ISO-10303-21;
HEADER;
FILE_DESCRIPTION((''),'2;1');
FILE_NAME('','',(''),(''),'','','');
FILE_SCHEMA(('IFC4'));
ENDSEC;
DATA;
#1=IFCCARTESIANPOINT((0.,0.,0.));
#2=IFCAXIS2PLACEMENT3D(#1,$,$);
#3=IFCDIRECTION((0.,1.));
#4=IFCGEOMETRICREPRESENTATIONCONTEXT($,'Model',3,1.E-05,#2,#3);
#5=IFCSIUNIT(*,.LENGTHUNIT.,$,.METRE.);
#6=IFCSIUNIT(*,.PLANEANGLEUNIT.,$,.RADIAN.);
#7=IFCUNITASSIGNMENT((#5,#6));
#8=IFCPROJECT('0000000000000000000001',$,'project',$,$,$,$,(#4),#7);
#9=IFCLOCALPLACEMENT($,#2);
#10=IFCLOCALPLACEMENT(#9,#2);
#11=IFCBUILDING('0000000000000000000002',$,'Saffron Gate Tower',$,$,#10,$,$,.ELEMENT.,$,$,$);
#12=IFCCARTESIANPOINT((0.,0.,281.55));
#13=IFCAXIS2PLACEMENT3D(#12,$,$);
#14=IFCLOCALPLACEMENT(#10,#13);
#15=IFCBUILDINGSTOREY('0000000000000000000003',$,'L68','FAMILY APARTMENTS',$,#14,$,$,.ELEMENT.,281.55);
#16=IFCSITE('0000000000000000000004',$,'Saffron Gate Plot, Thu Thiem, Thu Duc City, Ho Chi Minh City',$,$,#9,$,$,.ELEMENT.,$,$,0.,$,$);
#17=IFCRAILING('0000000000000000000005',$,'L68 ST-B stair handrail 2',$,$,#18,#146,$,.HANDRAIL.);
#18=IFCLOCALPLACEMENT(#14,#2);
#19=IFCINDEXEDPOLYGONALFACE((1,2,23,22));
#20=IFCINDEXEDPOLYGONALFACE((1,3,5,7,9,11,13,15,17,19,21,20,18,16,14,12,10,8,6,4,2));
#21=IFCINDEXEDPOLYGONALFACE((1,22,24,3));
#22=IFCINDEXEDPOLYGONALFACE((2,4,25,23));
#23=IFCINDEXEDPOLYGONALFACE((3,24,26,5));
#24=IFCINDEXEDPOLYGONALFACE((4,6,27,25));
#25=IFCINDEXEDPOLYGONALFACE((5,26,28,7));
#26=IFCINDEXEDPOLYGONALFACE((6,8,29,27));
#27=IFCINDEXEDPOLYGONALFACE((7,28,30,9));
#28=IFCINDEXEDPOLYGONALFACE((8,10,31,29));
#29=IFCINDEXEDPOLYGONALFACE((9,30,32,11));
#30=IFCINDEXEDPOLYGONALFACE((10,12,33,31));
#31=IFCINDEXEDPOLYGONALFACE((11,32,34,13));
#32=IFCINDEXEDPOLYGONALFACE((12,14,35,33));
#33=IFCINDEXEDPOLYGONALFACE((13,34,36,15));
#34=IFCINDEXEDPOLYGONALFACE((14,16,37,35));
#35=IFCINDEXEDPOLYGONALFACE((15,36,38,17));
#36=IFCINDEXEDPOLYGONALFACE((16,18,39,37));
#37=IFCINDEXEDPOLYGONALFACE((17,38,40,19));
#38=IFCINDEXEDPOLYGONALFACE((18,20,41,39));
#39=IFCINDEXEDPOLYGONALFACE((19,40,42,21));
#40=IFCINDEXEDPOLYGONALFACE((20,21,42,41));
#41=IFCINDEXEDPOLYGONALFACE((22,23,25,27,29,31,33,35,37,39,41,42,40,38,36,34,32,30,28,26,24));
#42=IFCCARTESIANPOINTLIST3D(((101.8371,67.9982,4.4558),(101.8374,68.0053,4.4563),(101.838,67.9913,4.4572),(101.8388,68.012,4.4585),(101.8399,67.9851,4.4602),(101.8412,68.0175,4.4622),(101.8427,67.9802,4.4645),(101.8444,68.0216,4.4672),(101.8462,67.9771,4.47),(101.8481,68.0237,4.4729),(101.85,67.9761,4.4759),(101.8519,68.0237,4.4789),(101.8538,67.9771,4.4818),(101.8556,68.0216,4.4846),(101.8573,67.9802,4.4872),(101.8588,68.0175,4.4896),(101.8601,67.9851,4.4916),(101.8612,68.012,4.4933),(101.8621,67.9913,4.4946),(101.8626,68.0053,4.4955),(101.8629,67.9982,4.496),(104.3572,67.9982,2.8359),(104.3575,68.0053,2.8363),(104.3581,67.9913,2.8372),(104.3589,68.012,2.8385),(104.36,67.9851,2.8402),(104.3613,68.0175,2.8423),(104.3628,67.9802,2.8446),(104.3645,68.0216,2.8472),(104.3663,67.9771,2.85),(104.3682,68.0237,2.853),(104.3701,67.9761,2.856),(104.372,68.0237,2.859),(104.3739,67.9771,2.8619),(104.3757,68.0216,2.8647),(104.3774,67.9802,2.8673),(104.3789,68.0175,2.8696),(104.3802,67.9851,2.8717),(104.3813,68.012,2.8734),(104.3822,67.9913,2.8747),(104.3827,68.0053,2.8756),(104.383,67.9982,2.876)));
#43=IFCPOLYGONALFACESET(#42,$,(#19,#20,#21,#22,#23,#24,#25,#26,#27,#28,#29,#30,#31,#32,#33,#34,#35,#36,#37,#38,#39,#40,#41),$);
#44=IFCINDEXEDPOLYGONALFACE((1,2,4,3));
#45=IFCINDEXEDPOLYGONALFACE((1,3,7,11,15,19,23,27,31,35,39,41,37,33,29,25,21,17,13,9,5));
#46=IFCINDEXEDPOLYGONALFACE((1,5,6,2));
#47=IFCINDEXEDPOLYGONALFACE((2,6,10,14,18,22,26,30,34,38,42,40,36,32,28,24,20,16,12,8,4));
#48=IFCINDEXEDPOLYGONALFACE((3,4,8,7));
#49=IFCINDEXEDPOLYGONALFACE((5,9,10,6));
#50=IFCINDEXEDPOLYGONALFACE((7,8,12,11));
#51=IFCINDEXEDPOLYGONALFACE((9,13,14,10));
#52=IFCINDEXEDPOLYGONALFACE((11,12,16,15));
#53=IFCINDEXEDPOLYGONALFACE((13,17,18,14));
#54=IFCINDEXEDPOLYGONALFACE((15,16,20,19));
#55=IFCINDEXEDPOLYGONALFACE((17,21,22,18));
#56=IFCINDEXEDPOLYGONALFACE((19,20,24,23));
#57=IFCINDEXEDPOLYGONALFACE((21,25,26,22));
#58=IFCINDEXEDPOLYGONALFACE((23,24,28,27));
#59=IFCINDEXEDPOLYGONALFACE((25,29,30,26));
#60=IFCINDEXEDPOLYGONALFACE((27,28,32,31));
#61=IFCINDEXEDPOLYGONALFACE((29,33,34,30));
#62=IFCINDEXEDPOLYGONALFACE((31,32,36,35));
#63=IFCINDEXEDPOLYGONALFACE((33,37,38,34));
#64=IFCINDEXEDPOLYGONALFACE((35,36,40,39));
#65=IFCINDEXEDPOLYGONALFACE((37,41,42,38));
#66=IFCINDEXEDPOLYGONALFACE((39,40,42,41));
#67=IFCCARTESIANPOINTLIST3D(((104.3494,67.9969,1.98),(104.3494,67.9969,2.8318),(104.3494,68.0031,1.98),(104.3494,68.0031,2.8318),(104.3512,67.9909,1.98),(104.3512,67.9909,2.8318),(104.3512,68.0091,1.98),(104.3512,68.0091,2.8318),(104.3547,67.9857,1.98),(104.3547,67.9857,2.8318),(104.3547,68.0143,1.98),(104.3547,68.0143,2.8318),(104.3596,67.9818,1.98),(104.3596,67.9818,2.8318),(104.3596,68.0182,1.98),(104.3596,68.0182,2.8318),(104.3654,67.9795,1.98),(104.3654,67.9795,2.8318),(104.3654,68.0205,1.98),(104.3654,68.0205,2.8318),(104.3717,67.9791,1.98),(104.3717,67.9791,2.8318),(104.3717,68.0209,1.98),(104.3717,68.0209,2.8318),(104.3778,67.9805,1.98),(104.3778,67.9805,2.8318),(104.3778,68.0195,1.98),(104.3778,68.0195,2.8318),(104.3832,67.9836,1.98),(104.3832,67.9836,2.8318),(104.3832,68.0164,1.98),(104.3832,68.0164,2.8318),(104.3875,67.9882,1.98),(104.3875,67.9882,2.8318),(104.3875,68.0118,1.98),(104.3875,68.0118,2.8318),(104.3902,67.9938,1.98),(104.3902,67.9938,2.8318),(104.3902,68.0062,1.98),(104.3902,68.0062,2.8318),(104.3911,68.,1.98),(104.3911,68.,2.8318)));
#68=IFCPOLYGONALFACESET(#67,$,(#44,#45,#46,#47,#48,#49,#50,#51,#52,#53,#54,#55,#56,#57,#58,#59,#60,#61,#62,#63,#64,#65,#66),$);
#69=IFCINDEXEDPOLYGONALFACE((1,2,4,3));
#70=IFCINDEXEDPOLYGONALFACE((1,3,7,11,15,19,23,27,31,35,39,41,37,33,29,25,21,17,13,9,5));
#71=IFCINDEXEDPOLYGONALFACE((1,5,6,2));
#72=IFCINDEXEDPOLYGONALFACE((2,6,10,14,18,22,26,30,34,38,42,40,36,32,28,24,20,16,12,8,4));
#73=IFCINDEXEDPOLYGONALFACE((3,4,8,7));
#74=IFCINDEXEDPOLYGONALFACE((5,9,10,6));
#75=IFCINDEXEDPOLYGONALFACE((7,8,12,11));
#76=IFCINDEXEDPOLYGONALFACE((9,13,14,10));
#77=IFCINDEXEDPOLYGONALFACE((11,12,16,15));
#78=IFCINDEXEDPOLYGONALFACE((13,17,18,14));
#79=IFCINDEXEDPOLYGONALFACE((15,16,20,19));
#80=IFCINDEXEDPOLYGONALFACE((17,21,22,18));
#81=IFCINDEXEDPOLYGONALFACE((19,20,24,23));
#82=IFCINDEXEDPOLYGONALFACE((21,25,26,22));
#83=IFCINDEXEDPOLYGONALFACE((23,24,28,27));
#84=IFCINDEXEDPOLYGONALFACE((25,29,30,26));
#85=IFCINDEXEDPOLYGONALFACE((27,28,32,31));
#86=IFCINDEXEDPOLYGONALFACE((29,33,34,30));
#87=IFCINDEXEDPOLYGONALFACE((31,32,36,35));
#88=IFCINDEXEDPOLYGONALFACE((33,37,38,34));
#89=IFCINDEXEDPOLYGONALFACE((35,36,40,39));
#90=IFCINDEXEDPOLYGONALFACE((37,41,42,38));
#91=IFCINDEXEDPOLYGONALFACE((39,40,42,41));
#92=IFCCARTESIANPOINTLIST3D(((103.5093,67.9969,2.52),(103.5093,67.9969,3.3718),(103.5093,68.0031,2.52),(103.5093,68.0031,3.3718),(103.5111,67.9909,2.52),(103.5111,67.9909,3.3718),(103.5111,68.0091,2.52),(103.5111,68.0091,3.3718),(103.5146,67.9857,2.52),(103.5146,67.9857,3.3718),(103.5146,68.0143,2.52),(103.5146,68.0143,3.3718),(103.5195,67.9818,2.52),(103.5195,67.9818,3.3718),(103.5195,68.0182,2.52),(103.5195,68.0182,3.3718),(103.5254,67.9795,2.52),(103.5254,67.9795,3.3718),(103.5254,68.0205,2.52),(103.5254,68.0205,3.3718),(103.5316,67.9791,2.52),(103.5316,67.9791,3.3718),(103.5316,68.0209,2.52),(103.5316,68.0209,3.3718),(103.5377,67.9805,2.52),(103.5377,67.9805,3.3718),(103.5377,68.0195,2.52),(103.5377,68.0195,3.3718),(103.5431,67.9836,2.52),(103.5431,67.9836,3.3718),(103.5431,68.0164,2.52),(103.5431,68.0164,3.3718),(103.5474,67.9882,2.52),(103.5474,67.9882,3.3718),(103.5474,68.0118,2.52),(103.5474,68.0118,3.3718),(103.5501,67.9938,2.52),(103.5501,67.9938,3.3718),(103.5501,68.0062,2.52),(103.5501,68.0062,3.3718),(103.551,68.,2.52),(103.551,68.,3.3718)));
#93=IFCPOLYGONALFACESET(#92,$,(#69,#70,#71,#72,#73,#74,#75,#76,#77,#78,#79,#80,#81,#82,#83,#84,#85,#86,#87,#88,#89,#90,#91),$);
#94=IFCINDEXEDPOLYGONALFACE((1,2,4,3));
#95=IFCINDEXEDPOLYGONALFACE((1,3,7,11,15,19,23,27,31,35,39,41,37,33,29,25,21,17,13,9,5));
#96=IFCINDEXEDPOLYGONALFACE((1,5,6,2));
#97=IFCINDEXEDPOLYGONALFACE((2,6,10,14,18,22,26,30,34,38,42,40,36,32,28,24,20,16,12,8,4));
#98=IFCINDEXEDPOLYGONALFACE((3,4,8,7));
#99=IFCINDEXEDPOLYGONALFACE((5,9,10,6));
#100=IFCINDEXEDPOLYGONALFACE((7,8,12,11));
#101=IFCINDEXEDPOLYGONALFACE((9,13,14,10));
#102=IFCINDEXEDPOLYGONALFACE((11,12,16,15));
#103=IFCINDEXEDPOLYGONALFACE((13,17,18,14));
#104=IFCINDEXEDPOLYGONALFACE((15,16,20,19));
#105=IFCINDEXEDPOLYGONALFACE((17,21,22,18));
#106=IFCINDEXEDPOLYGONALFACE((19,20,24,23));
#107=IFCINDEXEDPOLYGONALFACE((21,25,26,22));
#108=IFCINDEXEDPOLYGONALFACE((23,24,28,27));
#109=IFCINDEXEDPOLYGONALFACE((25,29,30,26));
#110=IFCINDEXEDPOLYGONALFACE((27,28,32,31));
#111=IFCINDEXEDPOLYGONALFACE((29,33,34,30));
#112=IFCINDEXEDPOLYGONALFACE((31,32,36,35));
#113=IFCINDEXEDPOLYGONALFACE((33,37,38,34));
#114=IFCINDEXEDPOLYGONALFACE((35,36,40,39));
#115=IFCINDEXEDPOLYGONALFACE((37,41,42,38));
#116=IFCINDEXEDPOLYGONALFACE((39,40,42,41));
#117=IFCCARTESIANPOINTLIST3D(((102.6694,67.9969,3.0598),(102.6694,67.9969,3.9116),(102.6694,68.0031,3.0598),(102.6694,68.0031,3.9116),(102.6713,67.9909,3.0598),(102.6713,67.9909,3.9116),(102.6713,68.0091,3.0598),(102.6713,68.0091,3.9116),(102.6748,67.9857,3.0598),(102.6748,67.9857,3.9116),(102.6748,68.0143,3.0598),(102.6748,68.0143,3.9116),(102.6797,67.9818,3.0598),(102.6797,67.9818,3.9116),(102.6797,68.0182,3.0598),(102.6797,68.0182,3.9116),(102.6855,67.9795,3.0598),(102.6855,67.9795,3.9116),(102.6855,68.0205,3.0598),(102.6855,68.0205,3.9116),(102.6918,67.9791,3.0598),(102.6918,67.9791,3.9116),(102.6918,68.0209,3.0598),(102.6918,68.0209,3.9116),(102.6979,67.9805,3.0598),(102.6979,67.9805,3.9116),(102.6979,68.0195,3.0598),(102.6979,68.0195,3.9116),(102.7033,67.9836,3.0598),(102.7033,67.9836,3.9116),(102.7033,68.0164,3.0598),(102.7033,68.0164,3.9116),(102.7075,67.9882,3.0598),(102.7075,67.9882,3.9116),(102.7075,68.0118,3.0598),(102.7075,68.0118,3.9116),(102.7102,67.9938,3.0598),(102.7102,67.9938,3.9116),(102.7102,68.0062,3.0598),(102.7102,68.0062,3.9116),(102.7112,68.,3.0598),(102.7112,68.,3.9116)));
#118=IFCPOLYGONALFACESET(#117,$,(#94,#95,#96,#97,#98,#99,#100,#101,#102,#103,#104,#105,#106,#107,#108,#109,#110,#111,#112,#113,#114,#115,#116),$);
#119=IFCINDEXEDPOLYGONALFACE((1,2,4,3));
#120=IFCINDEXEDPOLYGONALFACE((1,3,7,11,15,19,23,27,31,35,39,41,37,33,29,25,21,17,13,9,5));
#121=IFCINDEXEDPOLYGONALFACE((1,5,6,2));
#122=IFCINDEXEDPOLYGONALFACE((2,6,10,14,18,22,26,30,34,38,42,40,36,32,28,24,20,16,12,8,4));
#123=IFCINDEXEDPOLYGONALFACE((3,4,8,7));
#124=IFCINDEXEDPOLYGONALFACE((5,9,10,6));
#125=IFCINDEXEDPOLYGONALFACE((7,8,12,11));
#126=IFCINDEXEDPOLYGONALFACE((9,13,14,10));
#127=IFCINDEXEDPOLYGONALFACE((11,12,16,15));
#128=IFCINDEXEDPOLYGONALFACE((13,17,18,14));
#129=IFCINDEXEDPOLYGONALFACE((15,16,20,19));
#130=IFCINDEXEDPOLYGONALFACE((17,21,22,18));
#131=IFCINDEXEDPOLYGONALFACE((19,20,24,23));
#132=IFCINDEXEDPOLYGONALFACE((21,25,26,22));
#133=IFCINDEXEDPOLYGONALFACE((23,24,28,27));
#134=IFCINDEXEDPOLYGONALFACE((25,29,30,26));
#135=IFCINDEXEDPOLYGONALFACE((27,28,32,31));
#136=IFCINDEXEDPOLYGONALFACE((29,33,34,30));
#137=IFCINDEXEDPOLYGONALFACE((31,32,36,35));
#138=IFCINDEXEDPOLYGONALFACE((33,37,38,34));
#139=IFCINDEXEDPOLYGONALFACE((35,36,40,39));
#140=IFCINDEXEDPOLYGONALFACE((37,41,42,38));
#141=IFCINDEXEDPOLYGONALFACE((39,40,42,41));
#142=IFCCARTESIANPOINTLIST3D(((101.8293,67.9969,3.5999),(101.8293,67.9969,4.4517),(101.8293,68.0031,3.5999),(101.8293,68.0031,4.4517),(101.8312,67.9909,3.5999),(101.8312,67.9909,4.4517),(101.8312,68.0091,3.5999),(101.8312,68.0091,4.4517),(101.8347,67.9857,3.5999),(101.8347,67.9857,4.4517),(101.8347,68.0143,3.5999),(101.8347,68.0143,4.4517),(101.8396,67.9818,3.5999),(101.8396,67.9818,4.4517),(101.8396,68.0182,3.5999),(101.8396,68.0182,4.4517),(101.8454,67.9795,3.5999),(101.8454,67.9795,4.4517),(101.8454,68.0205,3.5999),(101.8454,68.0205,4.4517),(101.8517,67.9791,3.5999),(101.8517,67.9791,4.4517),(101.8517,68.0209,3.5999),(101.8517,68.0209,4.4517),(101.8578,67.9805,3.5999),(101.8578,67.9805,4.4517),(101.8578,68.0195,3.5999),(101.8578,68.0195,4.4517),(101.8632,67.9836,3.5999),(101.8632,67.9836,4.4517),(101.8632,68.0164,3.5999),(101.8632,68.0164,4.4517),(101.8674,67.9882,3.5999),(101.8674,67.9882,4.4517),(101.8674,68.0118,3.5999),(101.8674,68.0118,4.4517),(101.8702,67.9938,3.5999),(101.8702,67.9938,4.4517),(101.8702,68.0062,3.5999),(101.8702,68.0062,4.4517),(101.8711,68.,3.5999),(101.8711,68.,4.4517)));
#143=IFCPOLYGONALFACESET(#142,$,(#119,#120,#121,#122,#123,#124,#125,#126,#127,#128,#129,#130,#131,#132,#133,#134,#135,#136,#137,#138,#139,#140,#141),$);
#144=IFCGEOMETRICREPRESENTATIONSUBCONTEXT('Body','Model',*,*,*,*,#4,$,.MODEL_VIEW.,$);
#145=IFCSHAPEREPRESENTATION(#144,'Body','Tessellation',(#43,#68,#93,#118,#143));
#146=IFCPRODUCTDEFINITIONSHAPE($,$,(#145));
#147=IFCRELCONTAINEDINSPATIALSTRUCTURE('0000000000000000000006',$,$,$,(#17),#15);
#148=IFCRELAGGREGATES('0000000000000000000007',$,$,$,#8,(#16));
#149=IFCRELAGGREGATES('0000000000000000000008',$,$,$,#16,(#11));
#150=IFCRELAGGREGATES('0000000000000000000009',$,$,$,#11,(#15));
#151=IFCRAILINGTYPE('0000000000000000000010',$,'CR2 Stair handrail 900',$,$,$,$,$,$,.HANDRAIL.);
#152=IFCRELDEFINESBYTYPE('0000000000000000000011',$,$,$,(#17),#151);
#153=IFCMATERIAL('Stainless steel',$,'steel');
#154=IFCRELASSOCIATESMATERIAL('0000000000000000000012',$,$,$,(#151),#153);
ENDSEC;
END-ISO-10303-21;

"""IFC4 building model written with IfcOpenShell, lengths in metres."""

from ifc_helpers import new_model, si_unit, direction, frame, origin, origin_2d, place, context, subcontext, project, spatial, circle, extrude, material, type_object, element, save


model = new_model("IFC4")

# Units and contexts
model_context = context("Model", 3, precision=1e-05, world=origin(), true_north=direction((0.0, 1.0)))
body_context = subcontext(model_context, "Body", "Model", "MODEL_VIEW")
ifc_project = project(units=[si_unit("LENGTHUNIT", "METRE"), si_unit("PLANEANGLEUNIT", "RADIAN")], contexts=[model_context])

# Site, building, storey
site_placement = place(None, origin())
site = spatial("IfcSite", under=ifc_project, at=site_placement, Name="Saffron Gate Plot, Thu Thiem, Thu Duc City, Ho Chi Minh City", CompositionType="ELEMENT", RefElevation=0.0)
building_placement = place(site_placement, origin())
building = spatial("IfcBuilding", under=site, at=building_placement, Name="Saffron Gate Tower", CompositionType="ELEMENT")
storey_placement = place(building_placement, frame((0.0, 0.0, 281.55)))
storey = spatial("IfcBuildingStorey", under=building, at=storey_placement, Name="L68", Description="FAMILY APARTMENTS", CompositionType="ELEMENT", Elevation=281.55)

# Railing
ifc_material_1 = material(Name="Stainless steel", Category="steel")
railing_type_1 = type_object("IfcRailingType", Name="CR2 Stair handrail 900", PredefinedType="HANDRAIL", material=ifc_material_1)
railing_1_placement = place(storey_placement, frame((104.3701, 68.0, 1.98)))
element("IfcRailing", 1, at=railing_1_placement, inside=storey, type_object=railing_type_1, Name="L68 ST-B stair handrail 2", PredefinedType="HANDRAIL", context=body_context, shape_type="SweptSolid", body=[
    extrude(circle(Radius=0.0239, at=origin_2d()), frame((0.0, 0.0, 0.876), z_axis=(-0.8412, 0.0, 0.540725), x_axis=(0.0, -1.0, 0.0)), (0.0, 0.0, 1.0), 2.9958),
    extrude(circle(Radius=0.021, at=origin_2d()), origin(), (0.0, 0.0, 1.0), 0.8518),
    extrude(circle(Radius=0.021, at=origin_2d()), frame((-0.8401, 0.0, 0.54)), (0.0, 0.0, 1.0), 0.8518),
    extrude(circle(Radius=0.021, at=origin_2d()), frame((-1.6799, 0.0, 1.0798)), (0.0, 0.0, 1.0), 0.8518),
    extrude(circle(Radius=0.021, at=origin_2d()), frame((-2.52, 0.0, 1.6199)), (0.0, 0.0, 1.0), 0.8518),
])

save(model, "model.ifc")
